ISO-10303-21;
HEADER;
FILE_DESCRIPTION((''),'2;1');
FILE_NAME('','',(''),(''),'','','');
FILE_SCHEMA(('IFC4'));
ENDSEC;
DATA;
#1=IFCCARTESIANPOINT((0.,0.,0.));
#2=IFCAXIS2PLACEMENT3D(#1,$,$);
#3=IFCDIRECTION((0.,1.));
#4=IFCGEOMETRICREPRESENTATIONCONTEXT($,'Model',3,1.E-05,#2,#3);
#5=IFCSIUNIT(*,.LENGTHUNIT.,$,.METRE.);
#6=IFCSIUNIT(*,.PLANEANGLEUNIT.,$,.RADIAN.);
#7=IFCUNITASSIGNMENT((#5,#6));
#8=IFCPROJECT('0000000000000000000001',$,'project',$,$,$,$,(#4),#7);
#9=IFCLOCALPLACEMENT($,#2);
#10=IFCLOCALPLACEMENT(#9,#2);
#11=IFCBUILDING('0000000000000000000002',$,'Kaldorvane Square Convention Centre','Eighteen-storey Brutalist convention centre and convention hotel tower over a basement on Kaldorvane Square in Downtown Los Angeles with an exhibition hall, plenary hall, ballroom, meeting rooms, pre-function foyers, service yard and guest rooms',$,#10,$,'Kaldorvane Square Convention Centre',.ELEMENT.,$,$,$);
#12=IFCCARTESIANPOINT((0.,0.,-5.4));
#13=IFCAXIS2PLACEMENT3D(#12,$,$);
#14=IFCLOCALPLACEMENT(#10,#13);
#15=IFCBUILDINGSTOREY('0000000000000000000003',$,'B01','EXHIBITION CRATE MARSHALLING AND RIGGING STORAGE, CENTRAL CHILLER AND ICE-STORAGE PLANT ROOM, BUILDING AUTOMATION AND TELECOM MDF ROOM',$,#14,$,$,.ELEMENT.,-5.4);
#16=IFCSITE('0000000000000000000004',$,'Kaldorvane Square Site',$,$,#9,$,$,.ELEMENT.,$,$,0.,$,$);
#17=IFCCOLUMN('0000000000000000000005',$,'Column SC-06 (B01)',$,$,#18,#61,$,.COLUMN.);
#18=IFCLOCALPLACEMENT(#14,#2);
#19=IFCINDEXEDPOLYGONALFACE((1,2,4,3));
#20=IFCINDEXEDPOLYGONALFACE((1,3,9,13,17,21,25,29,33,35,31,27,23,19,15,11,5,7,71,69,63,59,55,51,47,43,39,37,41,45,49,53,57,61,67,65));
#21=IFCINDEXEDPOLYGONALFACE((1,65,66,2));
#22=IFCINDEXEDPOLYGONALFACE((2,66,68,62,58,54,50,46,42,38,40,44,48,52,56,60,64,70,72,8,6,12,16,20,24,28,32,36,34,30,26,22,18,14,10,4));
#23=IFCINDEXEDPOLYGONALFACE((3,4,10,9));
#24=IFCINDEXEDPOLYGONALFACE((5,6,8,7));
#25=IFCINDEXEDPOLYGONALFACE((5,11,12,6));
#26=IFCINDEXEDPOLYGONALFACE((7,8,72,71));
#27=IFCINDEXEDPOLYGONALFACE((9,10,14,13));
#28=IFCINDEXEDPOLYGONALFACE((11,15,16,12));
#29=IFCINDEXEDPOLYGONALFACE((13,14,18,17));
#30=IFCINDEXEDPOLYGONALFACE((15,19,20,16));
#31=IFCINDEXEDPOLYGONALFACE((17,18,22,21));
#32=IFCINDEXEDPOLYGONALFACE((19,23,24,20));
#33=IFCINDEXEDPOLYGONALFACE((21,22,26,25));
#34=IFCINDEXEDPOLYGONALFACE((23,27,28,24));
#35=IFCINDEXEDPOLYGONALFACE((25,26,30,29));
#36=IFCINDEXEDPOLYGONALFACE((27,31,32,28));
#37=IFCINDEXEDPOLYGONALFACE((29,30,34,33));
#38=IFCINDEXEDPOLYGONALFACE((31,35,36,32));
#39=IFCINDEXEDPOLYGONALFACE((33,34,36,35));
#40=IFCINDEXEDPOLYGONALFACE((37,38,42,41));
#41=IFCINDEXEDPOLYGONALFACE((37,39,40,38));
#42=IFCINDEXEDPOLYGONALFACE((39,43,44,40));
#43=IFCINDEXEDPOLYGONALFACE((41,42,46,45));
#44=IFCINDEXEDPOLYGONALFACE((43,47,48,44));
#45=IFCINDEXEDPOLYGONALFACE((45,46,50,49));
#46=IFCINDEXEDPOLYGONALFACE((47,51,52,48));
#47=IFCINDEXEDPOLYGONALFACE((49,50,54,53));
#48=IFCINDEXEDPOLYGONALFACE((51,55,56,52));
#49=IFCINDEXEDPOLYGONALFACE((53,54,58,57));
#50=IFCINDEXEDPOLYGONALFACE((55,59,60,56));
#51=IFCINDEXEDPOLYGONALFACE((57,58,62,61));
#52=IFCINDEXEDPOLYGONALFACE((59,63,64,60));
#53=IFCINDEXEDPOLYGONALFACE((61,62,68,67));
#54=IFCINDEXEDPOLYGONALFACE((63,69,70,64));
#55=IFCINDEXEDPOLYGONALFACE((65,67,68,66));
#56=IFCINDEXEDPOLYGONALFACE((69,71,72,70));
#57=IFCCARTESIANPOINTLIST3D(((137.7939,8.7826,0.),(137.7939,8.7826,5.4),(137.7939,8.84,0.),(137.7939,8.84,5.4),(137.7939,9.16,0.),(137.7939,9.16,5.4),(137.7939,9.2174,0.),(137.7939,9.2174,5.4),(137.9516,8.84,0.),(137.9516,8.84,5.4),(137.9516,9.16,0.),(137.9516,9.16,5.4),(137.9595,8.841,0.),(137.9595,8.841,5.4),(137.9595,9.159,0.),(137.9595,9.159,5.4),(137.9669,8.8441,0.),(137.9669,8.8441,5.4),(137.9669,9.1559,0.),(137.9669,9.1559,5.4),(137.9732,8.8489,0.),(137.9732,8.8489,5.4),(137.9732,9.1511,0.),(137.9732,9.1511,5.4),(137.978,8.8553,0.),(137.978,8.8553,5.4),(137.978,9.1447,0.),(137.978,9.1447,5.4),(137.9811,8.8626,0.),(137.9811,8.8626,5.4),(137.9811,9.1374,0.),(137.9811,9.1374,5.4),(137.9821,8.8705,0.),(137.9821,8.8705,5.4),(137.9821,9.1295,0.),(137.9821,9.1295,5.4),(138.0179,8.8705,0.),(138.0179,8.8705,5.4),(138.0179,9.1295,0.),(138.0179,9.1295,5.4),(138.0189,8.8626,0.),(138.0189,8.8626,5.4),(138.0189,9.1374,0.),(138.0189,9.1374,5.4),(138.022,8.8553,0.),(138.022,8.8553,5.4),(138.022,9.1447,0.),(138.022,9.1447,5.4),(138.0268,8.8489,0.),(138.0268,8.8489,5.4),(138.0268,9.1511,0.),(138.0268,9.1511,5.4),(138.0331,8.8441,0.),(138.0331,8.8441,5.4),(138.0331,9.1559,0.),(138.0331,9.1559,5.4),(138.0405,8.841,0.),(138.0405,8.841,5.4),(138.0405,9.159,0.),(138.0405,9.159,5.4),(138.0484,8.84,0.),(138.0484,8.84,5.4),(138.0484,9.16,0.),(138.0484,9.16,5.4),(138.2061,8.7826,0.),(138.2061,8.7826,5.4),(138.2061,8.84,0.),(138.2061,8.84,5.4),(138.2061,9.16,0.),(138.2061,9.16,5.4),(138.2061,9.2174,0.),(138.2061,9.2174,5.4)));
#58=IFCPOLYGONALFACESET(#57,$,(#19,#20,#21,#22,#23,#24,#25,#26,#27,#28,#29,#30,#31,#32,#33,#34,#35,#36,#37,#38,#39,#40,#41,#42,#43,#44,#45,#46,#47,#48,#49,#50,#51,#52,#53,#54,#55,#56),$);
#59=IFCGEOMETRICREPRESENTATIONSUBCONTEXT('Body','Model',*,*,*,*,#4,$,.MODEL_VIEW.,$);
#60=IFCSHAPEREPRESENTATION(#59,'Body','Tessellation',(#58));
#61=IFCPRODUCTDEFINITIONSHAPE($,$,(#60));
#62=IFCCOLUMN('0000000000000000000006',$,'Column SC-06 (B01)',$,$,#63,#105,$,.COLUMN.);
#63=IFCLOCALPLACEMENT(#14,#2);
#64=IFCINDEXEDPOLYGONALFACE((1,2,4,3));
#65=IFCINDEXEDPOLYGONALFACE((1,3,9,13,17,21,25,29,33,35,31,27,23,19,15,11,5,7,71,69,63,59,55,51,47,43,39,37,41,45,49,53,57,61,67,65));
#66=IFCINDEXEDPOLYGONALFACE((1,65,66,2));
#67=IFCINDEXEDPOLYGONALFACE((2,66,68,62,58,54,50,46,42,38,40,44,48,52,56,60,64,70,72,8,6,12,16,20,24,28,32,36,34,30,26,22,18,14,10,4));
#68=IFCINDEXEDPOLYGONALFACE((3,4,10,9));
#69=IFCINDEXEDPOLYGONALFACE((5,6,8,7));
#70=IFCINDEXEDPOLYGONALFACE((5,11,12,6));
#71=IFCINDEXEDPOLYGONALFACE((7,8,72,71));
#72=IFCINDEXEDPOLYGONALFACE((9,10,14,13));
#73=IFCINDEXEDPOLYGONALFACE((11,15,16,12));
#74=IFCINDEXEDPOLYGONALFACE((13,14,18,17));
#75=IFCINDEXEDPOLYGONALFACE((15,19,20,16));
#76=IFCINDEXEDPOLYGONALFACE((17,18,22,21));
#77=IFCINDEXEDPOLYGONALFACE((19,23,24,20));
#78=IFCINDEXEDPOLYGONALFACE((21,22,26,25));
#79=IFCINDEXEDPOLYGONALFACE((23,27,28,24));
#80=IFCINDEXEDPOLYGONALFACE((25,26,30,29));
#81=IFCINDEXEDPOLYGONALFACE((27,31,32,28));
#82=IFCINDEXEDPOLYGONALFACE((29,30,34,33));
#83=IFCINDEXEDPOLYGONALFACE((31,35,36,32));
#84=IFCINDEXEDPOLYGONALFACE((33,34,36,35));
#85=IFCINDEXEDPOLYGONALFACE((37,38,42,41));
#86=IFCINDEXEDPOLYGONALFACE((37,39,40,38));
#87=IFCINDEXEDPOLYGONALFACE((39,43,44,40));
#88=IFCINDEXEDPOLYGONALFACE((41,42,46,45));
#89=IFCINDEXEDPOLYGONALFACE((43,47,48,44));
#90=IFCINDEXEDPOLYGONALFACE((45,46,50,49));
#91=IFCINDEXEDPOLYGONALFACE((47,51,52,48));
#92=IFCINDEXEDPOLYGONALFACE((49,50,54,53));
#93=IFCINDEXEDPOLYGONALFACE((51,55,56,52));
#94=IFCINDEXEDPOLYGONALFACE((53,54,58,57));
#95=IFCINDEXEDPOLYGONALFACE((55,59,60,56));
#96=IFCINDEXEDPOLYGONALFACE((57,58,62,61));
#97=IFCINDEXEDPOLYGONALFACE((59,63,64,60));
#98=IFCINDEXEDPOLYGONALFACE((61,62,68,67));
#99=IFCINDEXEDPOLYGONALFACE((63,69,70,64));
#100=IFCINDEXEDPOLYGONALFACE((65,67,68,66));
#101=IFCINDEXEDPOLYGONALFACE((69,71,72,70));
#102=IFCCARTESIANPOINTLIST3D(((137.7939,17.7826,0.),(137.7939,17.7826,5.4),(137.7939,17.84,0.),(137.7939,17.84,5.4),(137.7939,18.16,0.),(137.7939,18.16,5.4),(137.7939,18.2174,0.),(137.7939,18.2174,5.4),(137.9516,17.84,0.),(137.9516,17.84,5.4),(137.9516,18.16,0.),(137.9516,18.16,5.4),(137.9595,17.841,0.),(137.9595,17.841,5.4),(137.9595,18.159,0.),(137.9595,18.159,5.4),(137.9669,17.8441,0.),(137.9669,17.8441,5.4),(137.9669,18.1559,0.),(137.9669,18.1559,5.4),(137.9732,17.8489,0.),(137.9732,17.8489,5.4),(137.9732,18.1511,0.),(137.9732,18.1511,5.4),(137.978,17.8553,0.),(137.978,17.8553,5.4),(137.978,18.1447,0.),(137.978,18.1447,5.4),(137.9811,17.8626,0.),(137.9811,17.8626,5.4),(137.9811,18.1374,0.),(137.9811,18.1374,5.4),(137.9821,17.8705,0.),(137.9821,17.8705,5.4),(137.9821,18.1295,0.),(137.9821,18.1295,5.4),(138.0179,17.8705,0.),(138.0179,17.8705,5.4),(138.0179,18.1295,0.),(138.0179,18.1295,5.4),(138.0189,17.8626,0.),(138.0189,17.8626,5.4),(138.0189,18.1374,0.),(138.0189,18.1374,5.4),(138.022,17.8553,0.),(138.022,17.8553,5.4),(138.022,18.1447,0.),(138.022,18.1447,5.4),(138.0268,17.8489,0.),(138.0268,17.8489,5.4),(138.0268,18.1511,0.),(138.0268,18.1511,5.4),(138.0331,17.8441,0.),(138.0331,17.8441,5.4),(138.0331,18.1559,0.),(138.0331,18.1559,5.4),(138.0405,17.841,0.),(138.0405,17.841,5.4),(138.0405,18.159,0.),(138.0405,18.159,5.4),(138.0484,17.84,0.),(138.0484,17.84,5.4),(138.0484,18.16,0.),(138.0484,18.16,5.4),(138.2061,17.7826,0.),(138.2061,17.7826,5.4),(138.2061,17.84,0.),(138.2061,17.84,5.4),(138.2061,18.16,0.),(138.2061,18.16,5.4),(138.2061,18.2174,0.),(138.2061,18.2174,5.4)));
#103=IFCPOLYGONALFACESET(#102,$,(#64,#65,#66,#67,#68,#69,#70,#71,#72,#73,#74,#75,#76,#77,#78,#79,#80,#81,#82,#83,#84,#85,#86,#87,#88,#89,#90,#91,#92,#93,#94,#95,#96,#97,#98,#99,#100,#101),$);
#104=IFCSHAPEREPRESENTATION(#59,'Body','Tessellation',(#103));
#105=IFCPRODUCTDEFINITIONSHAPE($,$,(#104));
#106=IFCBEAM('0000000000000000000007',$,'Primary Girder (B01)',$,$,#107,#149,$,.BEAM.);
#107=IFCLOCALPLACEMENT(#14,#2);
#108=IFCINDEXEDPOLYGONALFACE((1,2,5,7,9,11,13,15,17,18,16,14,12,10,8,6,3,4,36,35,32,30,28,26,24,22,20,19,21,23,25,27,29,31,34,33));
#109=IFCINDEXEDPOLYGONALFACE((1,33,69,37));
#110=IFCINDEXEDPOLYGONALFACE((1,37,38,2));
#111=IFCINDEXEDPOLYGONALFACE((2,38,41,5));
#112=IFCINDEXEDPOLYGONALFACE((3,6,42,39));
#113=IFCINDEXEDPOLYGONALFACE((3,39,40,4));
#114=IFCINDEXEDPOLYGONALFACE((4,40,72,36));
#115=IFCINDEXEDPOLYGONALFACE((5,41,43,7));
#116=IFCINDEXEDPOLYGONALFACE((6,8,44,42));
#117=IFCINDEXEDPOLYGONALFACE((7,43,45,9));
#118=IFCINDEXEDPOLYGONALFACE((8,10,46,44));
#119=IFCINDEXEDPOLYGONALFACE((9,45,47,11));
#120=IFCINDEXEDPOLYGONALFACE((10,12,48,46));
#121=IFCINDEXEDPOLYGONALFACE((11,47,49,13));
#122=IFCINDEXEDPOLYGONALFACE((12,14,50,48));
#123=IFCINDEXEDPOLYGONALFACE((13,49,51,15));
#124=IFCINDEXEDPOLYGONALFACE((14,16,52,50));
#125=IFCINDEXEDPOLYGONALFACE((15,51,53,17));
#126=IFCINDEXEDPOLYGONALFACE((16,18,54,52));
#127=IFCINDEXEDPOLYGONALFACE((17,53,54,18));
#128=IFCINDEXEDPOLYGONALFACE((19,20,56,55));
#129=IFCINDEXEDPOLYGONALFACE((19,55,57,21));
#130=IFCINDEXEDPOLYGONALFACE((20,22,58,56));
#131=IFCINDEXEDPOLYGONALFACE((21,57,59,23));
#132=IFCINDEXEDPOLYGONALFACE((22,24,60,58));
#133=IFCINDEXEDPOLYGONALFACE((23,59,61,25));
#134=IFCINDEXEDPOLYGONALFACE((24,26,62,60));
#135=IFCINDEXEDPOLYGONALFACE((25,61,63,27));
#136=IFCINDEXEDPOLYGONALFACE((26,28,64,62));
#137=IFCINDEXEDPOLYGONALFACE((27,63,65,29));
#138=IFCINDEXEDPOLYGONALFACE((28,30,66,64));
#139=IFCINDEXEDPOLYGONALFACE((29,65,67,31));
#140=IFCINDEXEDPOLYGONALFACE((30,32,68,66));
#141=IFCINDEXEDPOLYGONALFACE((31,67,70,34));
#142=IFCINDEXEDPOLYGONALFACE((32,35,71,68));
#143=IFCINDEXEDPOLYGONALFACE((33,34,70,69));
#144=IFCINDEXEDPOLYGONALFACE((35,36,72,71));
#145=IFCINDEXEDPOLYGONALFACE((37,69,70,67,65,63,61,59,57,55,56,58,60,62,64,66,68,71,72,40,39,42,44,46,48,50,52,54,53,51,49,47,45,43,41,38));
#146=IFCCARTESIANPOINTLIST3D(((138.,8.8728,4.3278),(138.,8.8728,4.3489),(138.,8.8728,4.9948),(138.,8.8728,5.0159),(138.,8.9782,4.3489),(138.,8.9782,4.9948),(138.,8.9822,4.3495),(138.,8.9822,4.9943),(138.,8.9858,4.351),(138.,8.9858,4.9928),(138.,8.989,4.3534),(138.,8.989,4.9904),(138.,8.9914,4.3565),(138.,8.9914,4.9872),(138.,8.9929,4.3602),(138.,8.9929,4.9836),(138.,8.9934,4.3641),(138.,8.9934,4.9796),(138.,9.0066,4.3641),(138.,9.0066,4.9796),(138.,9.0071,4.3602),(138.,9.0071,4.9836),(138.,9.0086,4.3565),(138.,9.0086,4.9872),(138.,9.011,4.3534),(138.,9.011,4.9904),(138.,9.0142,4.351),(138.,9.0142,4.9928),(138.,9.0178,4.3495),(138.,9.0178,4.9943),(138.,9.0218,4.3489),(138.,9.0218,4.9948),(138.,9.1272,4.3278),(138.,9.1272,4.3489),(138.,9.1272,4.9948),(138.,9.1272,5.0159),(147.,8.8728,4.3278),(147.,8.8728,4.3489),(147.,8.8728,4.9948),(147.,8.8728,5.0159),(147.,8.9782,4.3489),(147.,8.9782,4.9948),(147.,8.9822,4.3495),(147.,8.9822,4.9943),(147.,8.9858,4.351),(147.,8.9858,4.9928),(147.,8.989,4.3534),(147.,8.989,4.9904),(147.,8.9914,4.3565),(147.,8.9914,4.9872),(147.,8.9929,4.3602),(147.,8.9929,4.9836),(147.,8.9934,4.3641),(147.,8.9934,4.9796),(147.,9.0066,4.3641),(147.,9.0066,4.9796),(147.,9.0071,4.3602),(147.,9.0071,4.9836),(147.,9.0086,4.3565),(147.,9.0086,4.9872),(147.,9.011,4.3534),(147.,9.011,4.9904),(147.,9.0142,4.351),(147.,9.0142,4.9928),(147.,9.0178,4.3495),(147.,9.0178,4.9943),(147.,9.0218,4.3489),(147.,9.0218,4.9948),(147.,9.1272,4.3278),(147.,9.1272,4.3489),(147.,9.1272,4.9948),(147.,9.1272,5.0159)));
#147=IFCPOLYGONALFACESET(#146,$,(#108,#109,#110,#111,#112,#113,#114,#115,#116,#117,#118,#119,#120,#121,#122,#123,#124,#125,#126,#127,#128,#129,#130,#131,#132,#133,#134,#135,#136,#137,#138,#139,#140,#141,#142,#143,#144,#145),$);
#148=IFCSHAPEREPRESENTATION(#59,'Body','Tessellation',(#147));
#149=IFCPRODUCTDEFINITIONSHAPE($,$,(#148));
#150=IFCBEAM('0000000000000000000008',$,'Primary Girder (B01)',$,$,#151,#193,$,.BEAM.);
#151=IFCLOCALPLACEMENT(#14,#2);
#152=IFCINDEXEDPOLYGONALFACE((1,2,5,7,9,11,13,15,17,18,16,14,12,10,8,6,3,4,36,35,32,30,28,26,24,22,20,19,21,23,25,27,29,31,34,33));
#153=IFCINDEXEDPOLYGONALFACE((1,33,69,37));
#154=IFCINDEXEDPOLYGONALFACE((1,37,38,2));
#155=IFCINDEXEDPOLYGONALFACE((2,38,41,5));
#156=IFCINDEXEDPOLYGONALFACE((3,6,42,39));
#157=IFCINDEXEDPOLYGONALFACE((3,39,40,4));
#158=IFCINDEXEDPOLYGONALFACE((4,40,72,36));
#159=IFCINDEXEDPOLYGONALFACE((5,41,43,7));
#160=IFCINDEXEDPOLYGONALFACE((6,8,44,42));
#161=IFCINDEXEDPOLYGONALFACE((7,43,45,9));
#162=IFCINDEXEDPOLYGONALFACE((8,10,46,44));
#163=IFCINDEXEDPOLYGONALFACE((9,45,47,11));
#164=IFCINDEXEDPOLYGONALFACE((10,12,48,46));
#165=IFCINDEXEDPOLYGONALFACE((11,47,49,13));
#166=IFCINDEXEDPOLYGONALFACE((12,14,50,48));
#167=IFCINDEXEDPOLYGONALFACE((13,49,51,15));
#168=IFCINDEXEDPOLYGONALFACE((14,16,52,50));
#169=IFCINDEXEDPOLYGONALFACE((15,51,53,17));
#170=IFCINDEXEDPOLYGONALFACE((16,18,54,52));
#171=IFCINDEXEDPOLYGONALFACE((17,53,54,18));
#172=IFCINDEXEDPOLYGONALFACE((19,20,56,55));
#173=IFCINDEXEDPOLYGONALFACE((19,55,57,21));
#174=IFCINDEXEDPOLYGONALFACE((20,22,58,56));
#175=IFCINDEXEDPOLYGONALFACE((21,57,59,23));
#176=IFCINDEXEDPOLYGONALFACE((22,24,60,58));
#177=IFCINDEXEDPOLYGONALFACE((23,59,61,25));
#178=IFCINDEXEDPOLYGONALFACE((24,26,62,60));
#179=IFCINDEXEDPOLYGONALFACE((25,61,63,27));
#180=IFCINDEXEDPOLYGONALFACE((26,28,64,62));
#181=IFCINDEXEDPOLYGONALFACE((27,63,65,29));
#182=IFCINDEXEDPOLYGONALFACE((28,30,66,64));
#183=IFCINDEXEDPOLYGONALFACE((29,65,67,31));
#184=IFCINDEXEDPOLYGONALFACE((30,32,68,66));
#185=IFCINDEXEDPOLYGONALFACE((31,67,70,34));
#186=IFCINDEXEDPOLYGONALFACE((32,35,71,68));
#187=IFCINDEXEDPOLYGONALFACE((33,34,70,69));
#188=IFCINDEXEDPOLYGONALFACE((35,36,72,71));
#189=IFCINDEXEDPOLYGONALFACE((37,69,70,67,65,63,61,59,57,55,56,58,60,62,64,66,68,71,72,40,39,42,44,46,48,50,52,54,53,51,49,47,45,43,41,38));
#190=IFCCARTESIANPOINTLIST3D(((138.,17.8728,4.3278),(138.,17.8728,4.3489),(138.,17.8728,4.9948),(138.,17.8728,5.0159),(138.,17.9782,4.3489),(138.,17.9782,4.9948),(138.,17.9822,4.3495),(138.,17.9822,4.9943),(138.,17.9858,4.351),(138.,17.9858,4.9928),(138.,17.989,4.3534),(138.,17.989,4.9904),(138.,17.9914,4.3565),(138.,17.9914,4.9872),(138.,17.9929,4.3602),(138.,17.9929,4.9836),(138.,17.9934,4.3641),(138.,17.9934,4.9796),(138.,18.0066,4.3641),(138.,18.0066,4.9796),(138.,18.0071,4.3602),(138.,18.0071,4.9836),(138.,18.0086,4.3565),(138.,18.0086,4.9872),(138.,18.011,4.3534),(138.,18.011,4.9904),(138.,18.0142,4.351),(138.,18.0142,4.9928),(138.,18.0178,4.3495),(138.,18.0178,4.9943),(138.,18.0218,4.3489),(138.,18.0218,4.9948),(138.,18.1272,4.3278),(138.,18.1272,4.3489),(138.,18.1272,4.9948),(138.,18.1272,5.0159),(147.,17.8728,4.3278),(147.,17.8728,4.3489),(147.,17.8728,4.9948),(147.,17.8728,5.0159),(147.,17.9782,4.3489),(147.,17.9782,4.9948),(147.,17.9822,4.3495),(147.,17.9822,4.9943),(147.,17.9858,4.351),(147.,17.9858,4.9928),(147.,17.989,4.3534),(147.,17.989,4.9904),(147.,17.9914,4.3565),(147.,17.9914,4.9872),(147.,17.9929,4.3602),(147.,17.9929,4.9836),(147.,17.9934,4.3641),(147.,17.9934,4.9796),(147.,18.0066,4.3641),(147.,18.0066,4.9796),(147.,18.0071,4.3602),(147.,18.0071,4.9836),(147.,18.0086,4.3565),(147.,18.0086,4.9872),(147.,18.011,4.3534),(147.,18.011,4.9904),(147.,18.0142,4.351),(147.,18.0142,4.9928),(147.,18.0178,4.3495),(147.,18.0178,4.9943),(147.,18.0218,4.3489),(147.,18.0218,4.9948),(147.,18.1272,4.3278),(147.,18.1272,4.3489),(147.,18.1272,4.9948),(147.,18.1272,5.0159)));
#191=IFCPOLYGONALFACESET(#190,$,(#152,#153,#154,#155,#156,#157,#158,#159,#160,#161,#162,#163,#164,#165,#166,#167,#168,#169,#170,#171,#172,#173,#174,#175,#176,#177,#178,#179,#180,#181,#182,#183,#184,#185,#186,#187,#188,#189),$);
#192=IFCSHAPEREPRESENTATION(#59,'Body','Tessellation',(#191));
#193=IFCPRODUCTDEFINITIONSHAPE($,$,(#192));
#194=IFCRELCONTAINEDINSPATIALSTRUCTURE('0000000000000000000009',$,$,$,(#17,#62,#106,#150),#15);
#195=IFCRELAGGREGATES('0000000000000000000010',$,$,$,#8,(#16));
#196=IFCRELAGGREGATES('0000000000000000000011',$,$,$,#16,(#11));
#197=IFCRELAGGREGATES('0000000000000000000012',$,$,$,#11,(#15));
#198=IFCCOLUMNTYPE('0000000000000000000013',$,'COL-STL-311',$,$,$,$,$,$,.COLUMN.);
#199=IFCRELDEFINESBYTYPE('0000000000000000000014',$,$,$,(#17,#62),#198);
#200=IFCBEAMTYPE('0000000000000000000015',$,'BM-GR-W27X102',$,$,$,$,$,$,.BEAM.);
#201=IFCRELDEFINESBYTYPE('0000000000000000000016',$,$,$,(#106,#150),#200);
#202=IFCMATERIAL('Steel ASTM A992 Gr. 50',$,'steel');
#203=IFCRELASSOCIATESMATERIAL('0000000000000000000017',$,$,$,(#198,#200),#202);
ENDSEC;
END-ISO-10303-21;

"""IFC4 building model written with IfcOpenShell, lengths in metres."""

from ifc_helpers import new_model, si_unit, direction, frame, origin, origin_2d, place, context, subcontext, project, spatial, i_section, extrude, material, material_profile, profile_set, type_object, element, save


model = new_model("IFC4")

# Units and contexts
model_context = context("Model", 3, precision=1e-05, world=origin(), true_north=direction((0.0, 1.0)))
body_context = subcontext(model_context, "Body", "Model", "MODEL_VIEW")
ifc_project = project(units=[si_unit("LENGTHUNIT", "METRE"), si_unit("PLANEANGLEUNIT", "RADIAN")], contexts=[model_context])

# Site, building, storey
site_placement = place(None, origin())
site = spatial("IfcSite", under=ifc_project, at=site_placement, Name="Kaldorvane Square Site", CompositionType="ELEMENT", RefElevation=0.0)
building_placement = place(site_placement, origin())
building = spatial("IfcBuilding", under=site, at=building_placement, Name="Kaldorvane Square Convention Centre", Description="Eighteen-storey Brutalist convention centre and convention hotel tower over a basement on Kaldorvane Square in Downtown Los Angeles with an exhibition hall, plenary hall, ballroom, meeting rooms, pre-function foyers, service yard and guest rooms", LongName="Kaldorvane Square Convention Centre", CompositionType="ELEMENT")
storey_placement = place(building_placement, frame((0.0, 0.0, -5.4)))
storey = spatial("IfcBuildingStorey", under=building, at=storey_placement, Name="B01", Description="EXHIBITION CRATE MARSHALLING AND RIGGING STORAGE, CENTRAL CHILLER AND ICE-STORAGE PLANT ROOM, BUILDING AUTOMATION AND TELECOM MDF ROOM", CompositionType="ELEMENT", Elevation=-5.4)

# Columns
ifc_material_1 = material(Name="Steel ASTM A992 Gr. 50", Category="steel")
ifc_material_profile_1 = material_profile(ifc_material_1, i_section(OverallWidth=0.4122, OverallDepth=0.4348, WebThickness=0.0358, FlangeThickness=0.0574, FilletRadius=0.0305, at=origin_2d()), Name="W14X311")
ifc_profile_set_1 = profile_set([ifc_material_profile_1], Name="Steel ASTM A992 Gr. 50")
column_type = type_object("IfcColumnType", Name="COL-STL-311", PredefinedType="COLUMN", material=ifc_profile_set_1)
for number, where, z_axis, x_axis, name in (
    (1, (138.0, 9.0, 0.0), (0.0, 0.0, 1.0), (1.0, 0.0, 0.0), "Column SC-06 (B01)"),
    (2, (138.0, 18.0, 0.0), (0.0, 0.0, 1.0), (1.0, 0.0, 0.0), "Column SC-06 (B01)"),
):
    element("IfcColumn", number, at=place(storey_placement, frame(where, z_axis=z_axis, x_axis=x_axis)), inside=storey, type_object=column_type, Name=name, PredefinedType="COLUMN", context=body_context, shape_type="SweptSolid", body=[
        extrude(i_section(OverallWidth=0.4122, OverallDepth=0.4348, WebThickness=0.0358, FlangeThickness=0.0574, FilletRadius=0.0305, at=origin_2d()), origin(), (0.0, 0.0, 1.0), 5.4),
    ])

# Beams
ifc_material_profile_2 = material_profile(ifc_material_1, i_section(OverallWidth=0.2544, OverallDepth=0.6881, WebThickness=0.0131, FlangeThickness=0.0211, FilletRadius=0.0152, at=origin_2d()), Name="W27X102")
ifc_profile_set_2 = profile_set([ifc_material_profile_2], Name="Steel ASTM A992 Gr. 50")
beam_type_1 = type_object("IfcBeamType", Name="BM-GR-W27X102", PredefinedType="BEAM", material=ifc_profile_set_2)
for number, where, z_axis, x_axis, name in (
    (3, (138.0, 9.0, 4.6719), (1.0, 0.0, 0.0), (0.0, 1.0, 0.0), "Primary Girder (B01)"),
    (4, (138.0, 18.0, 4.6719), (1.0, 0.0, 0.0), (0.0, 1.0, 0.0), "Primary Girder (B01)"),
):
    element("IfcBeam", number, at=place(storey_placement, frame(where, z_axis=z_axis, x_axis=x_axis)), inside=storey, type_object=beam_type_1, Name=name, PredefinedType="BEAM", context=body_context, shape_type="SweptSolid", body=[
        extrude(i_section(OverallWidth=0.2544, OverallDepth=0.6881, WebThickness=0.0131, FlangeThickness=0.0211, FilletRadius=0.0152, at=origin_2d()), origin(), (0.0, 0.0, 1.0), 9.0),
    ])

save(model, "model.ifc")
